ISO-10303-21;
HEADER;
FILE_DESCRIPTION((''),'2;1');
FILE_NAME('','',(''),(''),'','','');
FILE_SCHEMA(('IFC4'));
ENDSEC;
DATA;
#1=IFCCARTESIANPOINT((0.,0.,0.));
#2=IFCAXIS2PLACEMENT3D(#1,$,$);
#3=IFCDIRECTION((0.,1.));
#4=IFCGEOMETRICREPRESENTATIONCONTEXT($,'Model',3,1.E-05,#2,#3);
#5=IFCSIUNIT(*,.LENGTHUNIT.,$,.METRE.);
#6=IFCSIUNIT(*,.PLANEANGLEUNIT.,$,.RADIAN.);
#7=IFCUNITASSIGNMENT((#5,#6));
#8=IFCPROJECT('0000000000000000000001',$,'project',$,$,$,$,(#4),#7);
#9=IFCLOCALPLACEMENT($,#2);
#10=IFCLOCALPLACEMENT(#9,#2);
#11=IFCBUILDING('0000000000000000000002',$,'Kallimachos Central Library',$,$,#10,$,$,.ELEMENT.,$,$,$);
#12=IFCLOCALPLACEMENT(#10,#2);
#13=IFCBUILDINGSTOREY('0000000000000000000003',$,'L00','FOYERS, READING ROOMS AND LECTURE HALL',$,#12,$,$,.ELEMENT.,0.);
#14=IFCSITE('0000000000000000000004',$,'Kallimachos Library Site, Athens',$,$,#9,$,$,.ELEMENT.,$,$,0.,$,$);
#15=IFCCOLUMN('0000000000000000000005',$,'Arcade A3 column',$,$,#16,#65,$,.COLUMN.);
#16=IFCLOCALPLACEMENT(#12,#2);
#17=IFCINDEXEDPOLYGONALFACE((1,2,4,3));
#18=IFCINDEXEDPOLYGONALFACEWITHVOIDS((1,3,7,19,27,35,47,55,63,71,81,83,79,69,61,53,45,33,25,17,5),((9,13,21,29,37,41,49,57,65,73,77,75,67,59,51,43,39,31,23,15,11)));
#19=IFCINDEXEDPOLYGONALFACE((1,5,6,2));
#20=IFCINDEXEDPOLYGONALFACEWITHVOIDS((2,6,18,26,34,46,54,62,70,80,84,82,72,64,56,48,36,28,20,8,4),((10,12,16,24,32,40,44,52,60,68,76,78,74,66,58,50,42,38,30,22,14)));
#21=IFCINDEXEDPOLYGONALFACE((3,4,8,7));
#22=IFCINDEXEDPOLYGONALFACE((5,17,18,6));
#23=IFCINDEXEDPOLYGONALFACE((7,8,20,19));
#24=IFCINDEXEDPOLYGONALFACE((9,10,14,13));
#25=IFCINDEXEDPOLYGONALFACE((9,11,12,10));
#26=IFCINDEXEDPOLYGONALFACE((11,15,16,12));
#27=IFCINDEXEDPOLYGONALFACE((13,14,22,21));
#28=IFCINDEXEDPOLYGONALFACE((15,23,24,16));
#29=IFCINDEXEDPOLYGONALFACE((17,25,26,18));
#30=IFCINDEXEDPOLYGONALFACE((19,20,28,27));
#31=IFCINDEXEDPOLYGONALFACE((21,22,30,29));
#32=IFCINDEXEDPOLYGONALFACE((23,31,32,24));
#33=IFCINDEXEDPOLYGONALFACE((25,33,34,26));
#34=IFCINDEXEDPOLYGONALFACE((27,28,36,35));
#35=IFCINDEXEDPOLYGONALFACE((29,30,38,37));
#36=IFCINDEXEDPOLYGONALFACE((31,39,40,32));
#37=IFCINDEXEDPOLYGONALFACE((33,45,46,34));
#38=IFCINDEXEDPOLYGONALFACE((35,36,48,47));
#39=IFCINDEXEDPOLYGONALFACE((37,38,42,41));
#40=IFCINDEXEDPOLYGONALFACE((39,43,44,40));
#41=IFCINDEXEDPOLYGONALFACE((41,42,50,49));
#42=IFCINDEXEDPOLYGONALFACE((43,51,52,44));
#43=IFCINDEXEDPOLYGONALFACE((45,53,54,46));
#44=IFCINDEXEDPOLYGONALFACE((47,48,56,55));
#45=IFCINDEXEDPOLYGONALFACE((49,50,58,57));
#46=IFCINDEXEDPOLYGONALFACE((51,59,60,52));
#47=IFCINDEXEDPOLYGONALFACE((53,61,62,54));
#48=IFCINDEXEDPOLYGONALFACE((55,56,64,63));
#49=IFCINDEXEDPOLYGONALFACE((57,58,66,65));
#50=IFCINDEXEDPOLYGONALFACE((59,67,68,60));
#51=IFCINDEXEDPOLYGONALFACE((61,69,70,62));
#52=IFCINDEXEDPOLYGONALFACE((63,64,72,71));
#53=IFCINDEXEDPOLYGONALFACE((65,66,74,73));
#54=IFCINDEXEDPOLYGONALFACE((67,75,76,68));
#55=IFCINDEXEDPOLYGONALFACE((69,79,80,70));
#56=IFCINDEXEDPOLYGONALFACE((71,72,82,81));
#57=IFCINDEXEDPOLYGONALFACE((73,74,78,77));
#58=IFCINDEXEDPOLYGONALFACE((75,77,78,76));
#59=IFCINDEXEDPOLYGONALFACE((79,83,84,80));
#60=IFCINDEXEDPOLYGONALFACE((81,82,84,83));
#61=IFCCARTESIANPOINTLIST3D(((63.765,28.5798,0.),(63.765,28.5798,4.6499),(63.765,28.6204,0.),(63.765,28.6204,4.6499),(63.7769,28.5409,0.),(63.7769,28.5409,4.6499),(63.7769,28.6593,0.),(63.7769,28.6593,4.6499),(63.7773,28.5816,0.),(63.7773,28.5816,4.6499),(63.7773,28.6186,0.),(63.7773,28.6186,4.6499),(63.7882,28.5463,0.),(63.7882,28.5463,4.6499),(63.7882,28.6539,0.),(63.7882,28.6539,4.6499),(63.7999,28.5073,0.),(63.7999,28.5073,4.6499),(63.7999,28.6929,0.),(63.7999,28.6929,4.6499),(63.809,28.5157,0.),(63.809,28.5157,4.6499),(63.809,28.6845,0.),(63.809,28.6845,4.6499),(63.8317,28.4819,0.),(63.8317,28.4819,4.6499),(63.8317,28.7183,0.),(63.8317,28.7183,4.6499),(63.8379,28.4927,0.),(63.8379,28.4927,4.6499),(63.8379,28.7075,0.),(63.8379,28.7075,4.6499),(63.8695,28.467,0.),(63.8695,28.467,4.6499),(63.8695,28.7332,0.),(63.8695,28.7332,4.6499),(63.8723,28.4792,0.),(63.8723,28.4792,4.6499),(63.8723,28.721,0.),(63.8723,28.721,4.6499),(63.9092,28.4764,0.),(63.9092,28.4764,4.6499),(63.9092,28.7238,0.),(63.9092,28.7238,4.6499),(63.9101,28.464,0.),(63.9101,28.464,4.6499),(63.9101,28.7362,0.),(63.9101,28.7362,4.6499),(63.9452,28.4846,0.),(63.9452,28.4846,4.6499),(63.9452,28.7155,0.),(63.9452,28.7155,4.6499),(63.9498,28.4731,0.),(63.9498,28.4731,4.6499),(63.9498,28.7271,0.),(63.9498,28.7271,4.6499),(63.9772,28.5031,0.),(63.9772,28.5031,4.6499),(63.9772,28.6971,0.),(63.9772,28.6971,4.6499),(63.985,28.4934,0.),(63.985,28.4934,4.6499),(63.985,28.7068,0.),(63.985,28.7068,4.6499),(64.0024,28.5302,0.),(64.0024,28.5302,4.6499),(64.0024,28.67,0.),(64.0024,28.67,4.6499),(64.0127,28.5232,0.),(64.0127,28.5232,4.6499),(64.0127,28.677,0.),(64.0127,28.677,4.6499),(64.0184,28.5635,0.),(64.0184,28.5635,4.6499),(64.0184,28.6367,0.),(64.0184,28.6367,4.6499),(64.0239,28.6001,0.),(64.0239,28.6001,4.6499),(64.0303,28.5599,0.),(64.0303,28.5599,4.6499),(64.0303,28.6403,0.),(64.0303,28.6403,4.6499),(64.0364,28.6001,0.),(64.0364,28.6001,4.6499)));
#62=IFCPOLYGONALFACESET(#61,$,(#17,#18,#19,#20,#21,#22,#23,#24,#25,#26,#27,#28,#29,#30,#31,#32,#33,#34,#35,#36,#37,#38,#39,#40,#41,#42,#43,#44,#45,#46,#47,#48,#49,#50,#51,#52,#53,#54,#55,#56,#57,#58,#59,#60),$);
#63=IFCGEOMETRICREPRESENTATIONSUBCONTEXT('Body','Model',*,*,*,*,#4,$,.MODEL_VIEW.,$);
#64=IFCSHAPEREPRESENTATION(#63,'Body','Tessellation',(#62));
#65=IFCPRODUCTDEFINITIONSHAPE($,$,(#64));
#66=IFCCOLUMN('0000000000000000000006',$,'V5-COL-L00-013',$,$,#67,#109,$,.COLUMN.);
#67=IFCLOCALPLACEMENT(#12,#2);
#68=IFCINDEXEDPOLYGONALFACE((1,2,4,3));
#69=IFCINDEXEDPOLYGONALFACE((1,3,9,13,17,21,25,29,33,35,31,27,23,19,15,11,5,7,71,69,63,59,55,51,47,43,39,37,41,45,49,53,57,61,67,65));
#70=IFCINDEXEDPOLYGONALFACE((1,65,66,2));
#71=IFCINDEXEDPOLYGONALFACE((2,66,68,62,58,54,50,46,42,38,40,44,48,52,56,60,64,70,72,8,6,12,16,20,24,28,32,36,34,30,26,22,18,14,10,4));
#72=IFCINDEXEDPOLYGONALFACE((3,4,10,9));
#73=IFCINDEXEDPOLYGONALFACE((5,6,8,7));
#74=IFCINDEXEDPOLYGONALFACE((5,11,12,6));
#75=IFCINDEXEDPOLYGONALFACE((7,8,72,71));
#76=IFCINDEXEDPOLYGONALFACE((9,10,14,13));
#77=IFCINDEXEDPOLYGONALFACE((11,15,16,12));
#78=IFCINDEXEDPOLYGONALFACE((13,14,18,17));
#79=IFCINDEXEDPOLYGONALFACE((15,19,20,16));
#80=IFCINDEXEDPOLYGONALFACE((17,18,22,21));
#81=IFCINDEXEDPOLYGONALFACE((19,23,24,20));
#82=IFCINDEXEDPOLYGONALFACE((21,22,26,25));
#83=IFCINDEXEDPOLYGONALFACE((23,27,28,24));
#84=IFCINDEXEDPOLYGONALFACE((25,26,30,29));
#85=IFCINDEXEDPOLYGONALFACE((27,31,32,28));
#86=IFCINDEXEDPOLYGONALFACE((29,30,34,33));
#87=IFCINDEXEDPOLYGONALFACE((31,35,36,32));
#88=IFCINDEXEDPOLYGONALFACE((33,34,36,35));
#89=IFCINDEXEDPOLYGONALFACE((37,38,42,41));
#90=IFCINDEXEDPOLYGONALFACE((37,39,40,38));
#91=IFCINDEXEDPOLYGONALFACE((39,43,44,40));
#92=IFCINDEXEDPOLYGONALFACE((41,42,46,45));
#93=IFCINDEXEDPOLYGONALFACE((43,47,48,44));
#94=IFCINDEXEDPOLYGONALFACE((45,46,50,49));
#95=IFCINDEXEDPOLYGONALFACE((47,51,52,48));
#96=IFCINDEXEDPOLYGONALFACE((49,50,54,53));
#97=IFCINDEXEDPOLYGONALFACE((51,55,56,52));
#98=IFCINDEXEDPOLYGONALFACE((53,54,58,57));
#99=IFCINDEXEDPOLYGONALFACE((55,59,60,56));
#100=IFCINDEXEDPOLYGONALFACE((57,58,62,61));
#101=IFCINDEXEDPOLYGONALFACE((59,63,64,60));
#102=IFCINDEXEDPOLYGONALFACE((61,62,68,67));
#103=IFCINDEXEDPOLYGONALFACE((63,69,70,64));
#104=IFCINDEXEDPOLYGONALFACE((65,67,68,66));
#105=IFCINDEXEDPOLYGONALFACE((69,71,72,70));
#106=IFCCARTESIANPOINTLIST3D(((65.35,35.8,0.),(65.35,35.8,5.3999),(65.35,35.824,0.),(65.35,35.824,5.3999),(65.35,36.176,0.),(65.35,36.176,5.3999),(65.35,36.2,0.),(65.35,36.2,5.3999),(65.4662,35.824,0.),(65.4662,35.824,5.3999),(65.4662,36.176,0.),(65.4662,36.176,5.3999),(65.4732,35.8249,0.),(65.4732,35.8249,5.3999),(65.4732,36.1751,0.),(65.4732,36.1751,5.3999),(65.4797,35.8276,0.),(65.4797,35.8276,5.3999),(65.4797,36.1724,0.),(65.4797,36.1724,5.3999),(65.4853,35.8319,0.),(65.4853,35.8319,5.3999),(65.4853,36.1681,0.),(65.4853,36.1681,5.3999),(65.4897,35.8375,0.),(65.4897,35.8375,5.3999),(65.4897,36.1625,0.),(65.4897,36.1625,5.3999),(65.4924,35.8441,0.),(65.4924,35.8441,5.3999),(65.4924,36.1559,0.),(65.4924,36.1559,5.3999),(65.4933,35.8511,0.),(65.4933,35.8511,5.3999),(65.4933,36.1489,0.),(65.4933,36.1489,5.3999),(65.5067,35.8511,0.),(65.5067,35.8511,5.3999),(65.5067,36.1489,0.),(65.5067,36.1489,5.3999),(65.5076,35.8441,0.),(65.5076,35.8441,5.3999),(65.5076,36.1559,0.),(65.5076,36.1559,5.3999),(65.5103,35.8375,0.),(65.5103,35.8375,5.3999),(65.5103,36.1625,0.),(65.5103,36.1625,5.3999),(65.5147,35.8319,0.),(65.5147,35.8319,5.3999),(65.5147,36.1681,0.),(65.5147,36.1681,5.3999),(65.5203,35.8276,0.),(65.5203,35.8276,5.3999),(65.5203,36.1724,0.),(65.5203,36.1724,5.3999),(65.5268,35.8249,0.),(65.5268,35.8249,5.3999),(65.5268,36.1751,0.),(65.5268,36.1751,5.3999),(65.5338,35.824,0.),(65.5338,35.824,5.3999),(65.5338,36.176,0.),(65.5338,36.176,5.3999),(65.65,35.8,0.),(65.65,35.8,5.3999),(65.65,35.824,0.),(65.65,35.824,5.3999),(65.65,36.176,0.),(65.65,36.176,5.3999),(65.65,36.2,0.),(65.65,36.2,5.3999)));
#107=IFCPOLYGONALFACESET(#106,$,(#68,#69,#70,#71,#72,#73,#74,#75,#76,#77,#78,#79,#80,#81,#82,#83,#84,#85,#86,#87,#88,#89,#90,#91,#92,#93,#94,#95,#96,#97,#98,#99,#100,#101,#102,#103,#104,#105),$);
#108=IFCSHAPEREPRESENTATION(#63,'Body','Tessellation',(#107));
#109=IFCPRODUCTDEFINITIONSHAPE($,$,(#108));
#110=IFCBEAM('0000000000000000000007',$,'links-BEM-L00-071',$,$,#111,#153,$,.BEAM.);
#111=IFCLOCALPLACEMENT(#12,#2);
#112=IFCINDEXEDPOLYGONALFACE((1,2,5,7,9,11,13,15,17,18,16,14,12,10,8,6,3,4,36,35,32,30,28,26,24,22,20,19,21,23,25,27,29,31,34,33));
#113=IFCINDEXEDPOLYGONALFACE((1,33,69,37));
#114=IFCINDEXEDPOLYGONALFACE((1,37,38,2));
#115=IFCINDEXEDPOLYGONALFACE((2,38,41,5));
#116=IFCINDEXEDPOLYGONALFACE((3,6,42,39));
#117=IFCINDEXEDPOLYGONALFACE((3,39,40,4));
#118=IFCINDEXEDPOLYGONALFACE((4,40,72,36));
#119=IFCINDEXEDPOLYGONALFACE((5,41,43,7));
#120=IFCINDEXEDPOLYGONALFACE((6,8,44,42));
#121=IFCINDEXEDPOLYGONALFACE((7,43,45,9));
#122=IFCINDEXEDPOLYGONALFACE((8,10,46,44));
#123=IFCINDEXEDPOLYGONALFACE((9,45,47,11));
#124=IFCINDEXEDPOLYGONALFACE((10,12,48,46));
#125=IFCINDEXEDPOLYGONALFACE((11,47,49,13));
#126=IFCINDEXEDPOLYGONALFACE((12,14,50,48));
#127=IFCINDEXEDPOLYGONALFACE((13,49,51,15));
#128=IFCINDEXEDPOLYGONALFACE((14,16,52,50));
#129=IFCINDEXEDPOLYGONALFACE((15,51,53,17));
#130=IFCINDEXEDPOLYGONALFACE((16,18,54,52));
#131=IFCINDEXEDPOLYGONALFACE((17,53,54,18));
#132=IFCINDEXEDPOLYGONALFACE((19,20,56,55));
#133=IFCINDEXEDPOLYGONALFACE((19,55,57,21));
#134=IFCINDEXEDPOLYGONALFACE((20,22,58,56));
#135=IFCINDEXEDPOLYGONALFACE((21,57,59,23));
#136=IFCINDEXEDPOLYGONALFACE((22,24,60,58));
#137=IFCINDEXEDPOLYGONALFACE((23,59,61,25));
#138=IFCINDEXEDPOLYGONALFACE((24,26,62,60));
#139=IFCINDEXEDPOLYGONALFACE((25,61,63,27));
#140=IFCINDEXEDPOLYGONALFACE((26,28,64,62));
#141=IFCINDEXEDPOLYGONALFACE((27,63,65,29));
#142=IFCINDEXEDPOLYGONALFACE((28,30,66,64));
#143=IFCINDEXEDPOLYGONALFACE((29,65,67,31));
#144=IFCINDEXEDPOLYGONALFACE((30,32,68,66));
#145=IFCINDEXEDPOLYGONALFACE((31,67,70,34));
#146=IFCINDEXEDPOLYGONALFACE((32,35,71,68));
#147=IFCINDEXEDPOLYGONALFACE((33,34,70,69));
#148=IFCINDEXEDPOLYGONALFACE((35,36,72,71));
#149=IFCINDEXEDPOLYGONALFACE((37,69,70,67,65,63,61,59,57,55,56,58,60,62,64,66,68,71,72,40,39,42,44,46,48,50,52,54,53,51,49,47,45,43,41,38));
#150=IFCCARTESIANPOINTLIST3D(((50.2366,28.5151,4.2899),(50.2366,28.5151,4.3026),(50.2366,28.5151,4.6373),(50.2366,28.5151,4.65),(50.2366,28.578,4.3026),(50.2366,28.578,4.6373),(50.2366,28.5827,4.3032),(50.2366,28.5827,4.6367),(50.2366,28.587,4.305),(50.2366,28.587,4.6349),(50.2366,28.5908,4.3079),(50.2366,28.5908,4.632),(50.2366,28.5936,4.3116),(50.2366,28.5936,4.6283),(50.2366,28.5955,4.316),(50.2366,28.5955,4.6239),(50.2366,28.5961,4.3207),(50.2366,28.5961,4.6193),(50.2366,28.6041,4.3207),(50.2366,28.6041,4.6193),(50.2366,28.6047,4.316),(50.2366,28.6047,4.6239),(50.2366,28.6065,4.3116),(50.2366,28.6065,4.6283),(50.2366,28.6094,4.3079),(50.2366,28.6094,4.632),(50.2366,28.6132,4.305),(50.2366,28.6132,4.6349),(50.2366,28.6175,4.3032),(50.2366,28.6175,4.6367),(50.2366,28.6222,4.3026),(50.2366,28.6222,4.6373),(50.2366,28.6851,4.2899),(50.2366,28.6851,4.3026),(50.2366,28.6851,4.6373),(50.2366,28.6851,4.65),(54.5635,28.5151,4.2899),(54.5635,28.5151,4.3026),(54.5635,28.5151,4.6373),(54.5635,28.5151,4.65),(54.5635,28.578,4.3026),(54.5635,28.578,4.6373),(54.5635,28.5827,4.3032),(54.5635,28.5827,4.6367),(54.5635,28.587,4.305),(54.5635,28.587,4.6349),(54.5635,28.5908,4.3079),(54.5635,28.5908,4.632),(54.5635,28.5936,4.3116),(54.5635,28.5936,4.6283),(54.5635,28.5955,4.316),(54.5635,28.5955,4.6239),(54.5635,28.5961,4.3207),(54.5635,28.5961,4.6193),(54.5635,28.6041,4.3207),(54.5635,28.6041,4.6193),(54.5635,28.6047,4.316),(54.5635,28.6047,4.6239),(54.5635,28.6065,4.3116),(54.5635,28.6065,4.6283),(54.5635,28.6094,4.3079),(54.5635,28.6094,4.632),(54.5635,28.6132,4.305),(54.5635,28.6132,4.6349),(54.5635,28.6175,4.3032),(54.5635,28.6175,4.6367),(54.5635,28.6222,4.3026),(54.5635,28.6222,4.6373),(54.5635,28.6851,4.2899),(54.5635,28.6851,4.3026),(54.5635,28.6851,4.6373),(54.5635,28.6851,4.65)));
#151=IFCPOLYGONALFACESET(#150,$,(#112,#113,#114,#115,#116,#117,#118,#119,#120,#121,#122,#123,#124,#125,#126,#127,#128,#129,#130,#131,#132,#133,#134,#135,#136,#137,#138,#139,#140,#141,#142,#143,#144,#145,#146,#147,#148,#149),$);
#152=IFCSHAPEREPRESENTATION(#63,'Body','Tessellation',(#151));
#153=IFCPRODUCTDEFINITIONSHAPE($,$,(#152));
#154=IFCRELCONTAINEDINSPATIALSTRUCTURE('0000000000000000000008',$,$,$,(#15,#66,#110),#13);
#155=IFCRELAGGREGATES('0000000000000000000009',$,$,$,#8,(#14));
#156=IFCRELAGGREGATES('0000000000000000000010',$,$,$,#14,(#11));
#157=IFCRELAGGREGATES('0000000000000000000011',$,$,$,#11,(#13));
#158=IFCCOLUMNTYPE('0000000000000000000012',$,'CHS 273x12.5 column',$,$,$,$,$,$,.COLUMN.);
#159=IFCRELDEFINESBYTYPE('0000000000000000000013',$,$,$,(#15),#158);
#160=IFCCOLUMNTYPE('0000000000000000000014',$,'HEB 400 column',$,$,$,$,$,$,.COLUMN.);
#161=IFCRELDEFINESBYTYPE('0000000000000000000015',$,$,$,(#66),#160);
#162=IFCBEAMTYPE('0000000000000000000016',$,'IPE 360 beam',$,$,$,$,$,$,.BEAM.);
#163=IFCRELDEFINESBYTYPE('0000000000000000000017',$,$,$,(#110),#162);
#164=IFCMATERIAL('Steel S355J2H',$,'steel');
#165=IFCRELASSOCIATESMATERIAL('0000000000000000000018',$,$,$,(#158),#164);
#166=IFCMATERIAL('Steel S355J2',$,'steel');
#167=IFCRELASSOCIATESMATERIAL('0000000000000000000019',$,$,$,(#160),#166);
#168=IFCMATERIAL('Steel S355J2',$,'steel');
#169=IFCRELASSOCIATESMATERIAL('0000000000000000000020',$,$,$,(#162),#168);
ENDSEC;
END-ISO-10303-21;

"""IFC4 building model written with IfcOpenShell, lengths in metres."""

from ifc_helpers import new_model, si_unit, direction, frame, origin, origin_2d, place, context, subcontext, project, spatial, hollow_circle, i_section, extrude, material, material_profile, profile_set, type_object, element, save


model = new_model("IFC4")

# Units and contexts
model_context = context("Model", 3, precision=1e-05, world=origin(), true_north=direction((0.0, 1.0)))
body_context = subcontext(model_context, "Body", "Model", "MODEL_VIEW")
ifc_project = project(units=[si_unit("LENGTHUNIT", "METRE"), si_unit("PLANEANGLEUNIT", "RADIAN")], contexts=[model_context])

# Site, building, storey
site_placement = place(None, origin())
site = spatial("IfcSite", under=ifc_project, at=site_placement, Name="Kallimachos Library Site, Athens", CompositionType="ELEMENT", RefElevation=0.0)
building_placement = place(site_placement, origin())
building = spatial("IfcBuilding", under=site, at=building_placement, Name="Kallimachos Central Library", CompositionType="ELEMENT")
storey_placement = place(building_placement, origin())
storey = spatial("IfcBuildingStorey", under=building, at=storey_placement, Name="L00", Description="FOYERS, READING ROOMS AND LECTURE HALL", CompositionType="ELEMENT", Elevation=0.0)

# Columns
ifc_material_1 = material(Name="Steel S355J2H", Category="steel")
ifc_material_profile_1 = material_profile(ifc_material_1, hollow_circle(Radius=0.1365, WallThickness=0.0125, at=origin_2d()), Name="CHS 273x12.5")
ifc_profile_set_1 = profile_set([ifc_material_profile_1], Name="Steel S355J2H")
column_type_1 = type_object("IfcColumnType", Name="CHS 273x12.5 column", PredefinedType="COLUMN", material=ifc_profile_set_1)
for number, where, z_axis, x_axis, name in (
    (1, (63.8999, 28.6001, 0.0), (0.0, 0.0, 1.0), (1.0, 0.0, 0.0), "Arcade A3 column"),
):
    element("IfcColumn", number, at=place(storey_placement, frame(where, z_axis=z_axis, x_axis=x_axis)), inside=storey, type_object=column_type_1, Name=name, PredefinedType="COLUMN", context=body_context, shape_type="SweptSolid", body=[
        extrude(hollow_circle(Radius=0.1365, WallThickness=0.0125, at=origin_2d()), origin(), (0.0, 0.0, 1.0), 4.6499),
    ])
ifc_material_2 = material(Name="Steel S355J2", Category="steel")
ifc_material_profile_2 = material_profile(ifc_material_2, i_section(OverallWidth=0.3, OverallDepth=0.3999, WebThickness=0.0134, FlangeThickness=0.0239, FilletRadius=0.0271, at=origin_2d()), Name="HEB 400")
ifc_profile_set_2 = profile_set([ifc_material_profile_2], Name="Steel S355J2")
column_type_2 = type_object("IfcColumnType", Name="HEB 400 column", PredefinedType="COLUMN", material=ifc_profile_set_2)
column_placement = place(storey_placement, frame((65.5, 36.0, 0.0), z_axis=(0.0, 0.0, 1.0), x_axis=(1.0, 0.0, 0.0)))
element("IfcColumn", 2, at=column_placement, inside=storey, type_object=column_type_2, Name="V5-COL-L00-013", PredefinedType="COLUMN", context=body_context, shape_type="SweptSolid", body=[
    extrude(i_section(OverallWidth=0.3, OverallDepth=0.3999, WebThickness=0.0134, FlangeThickness=0.0239, FilletRadius=0.0271, at=origin_2d()), origin(), (0.0, 0.0, 1.0), 5.3999),
])

# Beam
ifc_material_3 = material(Name="Steel S355J2", Category="steel")
ifc_material_profile_3 = material_profile(ifc_material_3, i_section(OverallWidth=0.1699, OverallDepth=0.3601, WebThickness=0.0081, FlangeThickness=0.0127, FilletRadius=0.0181, at=origin_2d()), Name="IPE 360")
ifc_profile_set_3 = profile_set([ifc_material_profile_3], Name="Steel S355J2")
beam_type_1 = type_object("IfcBeamType", Name="IPE 360 beam", PredefinedType="BEAM", material=ifc_profile_set_3)
beam_1_placement = place(storey_placement, frame((50.2366, 28.6001, 4.47), z_axis=(1.0, 0.0, 0.0), x_axis=(0.0, 1.0, 0.0)))
element("IfcBeam", 3, at=beam_1_placement, inside=storey, type_object=beam_type_1, Name="links-BEM-L00-071", PredefinedType="BEAM", context=body_context, shape_type="SweptSolid", body=[
    extrude(i_section(OverallWidth=0.1699, OverallDepth=0.3601, WebThickness=0.0081, FlangeThickness=0.0127, FilletRadius=0.0181, at=origin_2d()), origin(), (0.0, 0.0, 1.0), 4.3269),
])

save(model, "model.ifc")
